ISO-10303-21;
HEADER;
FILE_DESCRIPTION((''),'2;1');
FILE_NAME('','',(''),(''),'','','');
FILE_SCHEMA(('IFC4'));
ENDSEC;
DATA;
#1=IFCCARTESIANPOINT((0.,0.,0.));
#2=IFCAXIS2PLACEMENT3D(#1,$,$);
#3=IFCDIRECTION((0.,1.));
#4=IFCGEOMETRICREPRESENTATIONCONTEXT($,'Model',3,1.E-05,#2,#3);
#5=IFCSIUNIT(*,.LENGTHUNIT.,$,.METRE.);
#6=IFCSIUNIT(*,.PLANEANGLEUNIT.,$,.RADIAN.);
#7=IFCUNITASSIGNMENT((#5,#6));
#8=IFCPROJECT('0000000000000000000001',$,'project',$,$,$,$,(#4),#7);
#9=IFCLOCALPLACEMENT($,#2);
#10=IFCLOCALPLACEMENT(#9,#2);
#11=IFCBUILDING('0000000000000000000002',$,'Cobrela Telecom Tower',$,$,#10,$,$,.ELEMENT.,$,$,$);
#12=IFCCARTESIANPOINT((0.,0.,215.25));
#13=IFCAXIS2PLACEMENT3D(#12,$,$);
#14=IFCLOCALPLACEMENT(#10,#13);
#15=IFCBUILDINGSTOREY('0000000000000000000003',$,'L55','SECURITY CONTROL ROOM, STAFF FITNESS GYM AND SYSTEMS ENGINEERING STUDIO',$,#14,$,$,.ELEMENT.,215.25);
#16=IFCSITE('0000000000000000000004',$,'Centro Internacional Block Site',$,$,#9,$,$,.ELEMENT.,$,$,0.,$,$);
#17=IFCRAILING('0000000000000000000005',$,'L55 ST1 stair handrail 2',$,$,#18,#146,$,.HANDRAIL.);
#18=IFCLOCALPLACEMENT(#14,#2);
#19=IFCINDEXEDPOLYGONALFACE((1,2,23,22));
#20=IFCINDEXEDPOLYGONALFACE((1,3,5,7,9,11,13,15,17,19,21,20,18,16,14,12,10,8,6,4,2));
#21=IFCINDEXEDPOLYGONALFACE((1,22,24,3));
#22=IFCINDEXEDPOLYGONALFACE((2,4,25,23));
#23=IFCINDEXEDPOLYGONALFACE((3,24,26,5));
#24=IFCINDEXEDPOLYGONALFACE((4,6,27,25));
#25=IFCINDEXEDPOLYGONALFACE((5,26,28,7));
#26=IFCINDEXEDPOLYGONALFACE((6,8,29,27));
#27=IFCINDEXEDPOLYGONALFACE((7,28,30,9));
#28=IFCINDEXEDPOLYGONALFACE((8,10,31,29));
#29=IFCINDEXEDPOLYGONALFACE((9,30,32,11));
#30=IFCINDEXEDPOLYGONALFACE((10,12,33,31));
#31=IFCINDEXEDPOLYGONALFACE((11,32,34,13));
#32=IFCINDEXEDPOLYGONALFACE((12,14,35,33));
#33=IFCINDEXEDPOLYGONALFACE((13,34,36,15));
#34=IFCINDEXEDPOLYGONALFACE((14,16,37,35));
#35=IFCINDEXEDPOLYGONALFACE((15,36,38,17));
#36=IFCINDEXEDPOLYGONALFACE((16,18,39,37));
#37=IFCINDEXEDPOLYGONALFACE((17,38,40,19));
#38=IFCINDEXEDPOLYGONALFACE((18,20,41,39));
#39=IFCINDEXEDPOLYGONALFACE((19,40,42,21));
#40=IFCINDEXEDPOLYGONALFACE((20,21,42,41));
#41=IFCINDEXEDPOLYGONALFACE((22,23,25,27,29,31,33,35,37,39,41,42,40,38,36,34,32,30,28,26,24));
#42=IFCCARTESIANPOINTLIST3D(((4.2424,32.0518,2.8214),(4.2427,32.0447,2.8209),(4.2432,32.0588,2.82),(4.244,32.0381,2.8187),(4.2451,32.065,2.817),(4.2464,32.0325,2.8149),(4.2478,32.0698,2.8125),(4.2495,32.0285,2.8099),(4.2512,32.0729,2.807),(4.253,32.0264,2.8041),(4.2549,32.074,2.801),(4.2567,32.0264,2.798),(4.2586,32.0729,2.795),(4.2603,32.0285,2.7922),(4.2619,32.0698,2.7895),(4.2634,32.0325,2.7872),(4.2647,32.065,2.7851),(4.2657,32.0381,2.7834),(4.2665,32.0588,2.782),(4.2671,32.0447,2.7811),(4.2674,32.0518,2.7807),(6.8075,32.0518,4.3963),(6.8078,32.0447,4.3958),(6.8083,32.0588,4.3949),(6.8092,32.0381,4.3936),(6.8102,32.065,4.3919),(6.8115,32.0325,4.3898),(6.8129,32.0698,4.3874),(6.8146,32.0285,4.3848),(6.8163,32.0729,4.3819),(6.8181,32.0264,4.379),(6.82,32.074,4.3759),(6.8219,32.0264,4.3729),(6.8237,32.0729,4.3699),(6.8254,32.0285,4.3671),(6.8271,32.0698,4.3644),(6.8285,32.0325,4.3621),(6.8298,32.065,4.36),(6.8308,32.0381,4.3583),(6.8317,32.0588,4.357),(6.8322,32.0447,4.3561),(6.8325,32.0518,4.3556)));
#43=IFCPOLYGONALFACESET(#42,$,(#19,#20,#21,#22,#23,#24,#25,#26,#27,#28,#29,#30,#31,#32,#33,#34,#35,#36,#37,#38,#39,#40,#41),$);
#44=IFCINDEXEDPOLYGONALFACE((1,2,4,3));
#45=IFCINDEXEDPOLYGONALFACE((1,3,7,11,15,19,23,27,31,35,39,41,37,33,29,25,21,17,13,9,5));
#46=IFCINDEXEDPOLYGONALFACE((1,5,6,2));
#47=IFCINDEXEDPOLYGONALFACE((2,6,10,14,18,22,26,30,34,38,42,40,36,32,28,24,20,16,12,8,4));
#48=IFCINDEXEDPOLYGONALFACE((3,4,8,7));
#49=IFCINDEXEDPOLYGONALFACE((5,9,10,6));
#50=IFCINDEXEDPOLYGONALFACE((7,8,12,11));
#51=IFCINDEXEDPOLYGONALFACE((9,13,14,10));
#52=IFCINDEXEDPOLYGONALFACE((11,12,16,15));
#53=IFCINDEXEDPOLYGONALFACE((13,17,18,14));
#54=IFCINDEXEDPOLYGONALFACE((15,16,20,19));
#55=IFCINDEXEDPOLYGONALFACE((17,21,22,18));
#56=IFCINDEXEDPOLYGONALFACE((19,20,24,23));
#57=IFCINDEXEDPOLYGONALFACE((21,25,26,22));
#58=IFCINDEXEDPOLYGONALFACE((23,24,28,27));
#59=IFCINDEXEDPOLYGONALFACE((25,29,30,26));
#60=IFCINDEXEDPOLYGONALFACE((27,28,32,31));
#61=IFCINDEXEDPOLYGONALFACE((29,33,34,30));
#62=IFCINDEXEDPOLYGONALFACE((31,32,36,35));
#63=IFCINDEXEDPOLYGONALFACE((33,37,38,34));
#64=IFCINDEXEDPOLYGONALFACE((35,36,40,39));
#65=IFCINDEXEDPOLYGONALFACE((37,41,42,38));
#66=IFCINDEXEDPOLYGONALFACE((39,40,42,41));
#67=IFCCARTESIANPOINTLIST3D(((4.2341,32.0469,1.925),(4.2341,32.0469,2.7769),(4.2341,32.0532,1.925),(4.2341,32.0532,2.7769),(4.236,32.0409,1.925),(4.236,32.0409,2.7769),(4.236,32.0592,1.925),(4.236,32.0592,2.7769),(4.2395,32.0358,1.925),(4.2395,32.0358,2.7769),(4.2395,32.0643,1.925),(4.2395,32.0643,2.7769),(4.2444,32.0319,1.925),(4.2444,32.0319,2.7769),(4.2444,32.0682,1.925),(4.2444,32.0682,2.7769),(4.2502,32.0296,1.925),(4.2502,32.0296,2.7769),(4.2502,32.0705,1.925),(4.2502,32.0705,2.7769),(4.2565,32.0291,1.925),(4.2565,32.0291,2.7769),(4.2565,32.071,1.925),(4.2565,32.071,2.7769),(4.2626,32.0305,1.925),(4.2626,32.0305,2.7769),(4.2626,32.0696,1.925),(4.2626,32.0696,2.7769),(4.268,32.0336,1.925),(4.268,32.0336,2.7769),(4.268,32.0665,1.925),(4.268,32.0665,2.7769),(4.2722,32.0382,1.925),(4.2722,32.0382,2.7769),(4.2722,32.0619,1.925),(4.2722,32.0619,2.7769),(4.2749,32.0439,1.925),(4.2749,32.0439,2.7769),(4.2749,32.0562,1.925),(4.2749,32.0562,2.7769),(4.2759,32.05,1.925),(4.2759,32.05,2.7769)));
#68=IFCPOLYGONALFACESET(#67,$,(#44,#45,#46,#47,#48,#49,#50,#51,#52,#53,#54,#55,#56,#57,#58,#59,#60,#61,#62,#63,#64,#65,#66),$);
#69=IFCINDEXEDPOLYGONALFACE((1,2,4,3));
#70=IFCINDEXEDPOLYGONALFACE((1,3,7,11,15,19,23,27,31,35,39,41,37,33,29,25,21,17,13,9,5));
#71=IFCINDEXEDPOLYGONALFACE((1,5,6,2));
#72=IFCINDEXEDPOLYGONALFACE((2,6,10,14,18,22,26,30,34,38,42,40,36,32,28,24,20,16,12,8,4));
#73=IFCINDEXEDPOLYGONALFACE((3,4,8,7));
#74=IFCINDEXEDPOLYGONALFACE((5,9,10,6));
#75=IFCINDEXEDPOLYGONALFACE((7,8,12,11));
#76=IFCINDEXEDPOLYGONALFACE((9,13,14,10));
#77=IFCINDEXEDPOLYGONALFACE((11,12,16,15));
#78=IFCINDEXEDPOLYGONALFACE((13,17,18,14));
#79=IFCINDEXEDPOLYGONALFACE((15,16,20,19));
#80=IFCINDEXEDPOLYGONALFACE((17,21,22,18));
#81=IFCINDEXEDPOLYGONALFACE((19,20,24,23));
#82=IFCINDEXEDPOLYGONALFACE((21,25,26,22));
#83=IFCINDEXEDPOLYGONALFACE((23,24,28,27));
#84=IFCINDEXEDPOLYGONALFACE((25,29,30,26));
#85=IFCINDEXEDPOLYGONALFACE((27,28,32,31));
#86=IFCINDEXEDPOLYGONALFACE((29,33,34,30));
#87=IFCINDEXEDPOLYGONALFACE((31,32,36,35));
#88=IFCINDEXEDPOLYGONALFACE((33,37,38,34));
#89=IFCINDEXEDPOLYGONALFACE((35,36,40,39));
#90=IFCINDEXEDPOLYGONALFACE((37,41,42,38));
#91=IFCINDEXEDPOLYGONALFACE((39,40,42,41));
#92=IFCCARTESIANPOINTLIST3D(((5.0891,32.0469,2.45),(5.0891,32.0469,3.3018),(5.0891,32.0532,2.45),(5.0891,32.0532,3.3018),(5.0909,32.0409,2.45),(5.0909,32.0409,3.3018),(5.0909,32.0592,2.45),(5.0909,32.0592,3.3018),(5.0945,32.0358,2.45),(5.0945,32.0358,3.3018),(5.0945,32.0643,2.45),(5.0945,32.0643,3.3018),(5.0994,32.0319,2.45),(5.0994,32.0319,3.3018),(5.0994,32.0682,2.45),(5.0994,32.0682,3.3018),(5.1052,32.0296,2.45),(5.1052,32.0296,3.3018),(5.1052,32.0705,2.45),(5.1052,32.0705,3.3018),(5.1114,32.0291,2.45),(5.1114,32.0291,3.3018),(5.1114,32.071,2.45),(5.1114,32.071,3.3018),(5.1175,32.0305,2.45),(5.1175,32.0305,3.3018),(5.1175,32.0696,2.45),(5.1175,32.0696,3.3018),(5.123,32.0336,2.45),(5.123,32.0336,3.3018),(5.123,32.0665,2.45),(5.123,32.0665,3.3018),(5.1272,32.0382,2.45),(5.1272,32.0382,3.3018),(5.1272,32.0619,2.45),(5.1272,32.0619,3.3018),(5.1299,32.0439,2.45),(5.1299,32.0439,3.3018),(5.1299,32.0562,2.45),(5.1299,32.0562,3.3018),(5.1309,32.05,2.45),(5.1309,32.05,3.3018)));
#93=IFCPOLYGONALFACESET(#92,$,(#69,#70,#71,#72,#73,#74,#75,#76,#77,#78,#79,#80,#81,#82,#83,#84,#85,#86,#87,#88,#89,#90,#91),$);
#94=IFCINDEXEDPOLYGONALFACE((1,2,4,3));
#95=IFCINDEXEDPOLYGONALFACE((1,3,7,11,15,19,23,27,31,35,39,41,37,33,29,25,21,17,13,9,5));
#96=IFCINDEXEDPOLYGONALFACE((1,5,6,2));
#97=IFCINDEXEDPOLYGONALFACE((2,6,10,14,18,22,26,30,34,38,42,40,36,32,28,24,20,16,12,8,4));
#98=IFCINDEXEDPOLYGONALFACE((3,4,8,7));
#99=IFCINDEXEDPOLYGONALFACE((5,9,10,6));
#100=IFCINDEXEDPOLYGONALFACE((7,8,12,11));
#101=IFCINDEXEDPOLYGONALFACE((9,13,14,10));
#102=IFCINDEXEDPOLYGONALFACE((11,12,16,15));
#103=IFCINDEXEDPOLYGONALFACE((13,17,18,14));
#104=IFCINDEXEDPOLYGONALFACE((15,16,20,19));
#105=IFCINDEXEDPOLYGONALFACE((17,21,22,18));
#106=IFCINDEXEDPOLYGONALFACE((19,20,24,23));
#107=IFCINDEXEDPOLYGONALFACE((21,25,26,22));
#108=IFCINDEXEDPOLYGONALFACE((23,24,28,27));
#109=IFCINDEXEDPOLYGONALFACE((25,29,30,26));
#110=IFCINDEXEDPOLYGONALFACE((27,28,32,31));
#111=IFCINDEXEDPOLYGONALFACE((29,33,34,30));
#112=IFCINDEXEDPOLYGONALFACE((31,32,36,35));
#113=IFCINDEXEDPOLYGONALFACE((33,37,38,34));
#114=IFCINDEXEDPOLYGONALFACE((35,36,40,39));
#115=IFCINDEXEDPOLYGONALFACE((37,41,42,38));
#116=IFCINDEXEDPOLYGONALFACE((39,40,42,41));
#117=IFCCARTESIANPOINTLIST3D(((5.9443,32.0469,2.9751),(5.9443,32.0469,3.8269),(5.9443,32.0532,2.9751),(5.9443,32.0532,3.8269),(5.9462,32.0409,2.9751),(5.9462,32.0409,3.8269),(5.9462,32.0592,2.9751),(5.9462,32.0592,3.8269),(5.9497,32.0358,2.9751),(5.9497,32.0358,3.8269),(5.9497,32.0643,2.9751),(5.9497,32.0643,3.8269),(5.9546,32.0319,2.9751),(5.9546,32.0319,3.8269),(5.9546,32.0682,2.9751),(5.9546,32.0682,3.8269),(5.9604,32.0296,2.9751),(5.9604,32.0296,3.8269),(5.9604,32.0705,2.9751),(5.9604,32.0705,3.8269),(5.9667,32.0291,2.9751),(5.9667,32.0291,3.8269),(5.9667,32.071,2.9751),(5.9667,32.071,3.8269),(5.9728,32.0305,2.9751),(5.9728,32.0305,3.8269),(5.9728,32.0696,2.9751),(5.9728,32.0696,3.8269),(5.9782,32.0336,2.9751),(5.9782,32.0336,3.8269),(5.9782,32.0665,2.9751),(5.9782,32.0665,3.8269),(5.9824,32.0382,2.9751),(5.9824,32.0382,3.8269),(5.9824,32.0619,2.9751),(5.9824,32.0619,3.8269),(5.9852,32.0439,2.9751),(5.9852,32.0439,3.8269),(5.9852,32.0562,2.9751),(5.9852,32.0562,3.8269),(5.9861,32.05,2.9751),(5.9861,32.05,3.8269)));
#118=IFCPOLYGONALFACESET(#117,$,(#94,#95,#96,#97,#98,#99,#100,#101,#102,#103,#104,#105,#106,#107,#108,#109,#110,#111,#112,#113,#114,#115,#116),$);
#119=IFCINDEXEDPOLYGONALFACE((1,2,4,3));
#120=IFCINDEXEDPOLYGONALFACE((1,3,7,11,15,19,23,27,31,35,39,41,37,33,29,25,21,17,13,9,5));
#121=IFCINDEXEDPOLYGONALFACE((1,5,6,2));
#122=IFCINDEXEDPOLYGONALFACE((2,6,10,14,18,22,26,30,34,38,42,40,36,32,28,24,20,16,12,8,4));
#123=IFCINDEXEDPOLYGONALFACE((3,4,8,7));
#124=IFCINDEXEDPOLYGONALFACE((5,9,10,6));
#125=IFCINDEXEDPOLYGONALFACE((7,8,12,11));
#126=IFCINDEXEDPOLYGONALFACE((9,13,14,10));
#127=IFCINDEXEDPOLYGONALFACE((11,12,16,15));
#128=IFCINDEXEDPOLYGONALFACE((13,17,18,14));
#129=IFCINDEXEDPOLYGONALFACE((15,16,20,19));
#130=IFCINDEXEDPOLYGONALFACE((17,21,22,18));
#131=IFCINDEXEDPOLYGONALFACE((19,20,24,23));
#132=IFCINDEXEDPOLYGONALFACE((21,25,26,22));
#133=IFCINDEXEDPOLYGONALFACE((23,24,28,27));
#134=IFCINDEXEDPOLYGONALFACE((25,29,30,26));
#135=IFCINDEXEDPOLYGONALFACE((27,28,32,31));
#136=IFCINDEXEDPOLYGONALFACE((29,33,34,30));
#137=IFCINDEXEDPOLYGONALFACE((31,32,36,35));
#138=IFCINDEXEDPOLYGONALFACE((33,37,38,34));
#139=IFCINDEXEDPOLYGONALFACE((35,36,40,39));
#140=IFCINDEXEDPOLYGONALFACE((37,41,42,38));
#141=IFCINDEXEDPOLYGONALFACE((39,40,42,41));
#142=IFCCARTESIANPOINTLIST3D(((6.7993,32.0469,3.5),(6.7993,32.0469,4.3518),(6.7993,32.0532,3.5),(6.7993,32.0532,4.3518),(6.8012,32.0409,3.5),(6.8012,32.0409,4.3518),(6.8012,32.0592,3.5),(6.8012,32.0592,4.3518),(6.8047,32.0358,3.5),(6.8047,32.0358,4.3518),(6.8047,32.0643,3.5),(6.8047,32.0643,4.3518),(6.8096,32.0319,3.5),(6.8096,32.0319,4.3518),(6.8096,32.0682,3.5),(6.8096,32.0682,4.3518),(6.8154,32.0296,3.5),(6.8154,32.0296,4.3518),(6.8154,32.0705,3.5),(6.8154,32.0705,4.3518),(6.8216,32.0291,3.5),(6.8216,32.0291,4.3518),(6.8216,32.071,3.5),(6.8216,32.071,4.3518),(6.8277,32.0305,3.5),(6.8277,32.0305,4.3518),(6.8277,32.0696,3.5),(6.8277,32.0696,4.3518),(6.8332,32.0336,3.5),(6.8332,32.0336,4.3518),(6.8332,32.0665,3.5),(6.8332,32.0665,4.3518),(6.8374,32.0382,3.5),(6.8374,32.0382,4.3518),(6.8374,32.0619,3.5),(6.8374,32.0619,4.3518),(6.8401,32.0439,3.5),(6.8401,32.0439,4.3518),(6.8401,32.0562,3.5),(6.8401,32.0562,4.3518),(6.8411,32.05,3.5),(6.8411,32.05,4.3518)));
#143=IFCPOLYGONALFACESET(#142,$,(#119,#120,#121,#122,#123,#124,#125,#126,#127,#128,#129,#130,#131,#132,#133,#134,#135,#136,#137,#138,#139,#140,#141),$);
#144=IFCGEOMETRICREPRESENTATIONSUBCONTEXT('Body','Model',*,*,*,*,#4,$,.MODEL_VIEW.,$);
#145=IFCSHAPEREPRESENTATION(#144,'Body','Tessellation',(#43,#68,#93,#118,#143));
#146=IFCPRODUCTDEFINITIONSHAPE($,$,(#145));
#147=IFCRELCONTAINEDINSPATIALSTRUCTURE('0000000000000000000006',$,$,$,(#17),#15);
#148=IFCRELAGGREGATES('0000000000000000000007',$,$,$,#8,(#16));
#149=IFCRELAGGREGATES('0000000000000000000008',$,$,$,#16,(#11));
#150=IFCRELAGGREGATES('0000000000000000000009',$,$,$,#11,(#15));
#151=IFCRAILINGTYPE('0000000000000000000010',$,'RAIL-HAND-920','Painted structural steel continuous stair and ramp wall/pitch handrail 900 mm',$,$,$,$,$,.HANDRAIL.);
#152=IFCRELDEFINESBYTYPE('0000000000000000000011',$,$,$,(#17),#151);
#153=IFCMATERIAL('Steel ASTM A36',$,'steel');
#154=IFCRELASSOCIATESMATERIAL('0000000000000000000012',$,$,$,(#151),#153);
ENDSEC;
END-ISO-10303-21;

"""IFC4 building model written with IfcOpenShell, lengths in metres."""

from ifc_helpers import new_model, si_unit, direction, frame, origin, origin_2d, place, context, subcontext, project, spatial, circle, extrude, material, type_object, element, save


model = new_model("IFC4")

# Units and contexts
model_context = context("Model", 3, precision=1e-05, world=origin(), true_north=direction((0.0, 1.0)))
body_context = subcontext(model_context, "Body", "Model", "MODEL_VIEW")
ifc_project = project(units=[si_unit("LENGTHUNIT", "METRE"), si_unit("PLANEANGLEUNIT", "RADIAN")], contexts=[model_context])

# Site, building, storey
site_placement = place(None, origin())
site = spatial("IfcSite", under=ifc_project, at=site_placement, Name="Centro Internacional Block Site", CompositionType="ELEMENT", RefElevation=0.0)
building_placement = place(site_placement, origin())
building = spatial("IfcBuilding", under=site, at=building_placement, Name="Cobrela Telecom Tower", CompositionType="ELEMENT")
storey_placement = place(building_placement, frame((0.0, 0.0, 215.25)))
storey = spatial("IfcBuildingStorey", under=building, at=storey_placement, Name="L55", Description="SECURITY CONTROL ROOM, STAFF FITNESS GYM AND SYSTEMS ENGINEERING STUDIO", CompositionType="ELEMENT", Elevation=215.25)

# Shared definitions
ifc_material_1 = material(Name="Steel ASTM A36", Category="steel")

# Railing
railing_type_1 = type_object("IfcRailingType", Name="RAIL-HAND-920", Description="Painted structural steel continuous stair and ramp wall/pitch handrail 900 mm", PredefinedType="HANDRAIL", material=ifc_material_1)
railing_1_placement = place(storey_placement, frame((4.2549, 32.05, 1.925)))
element("IfcRailing", 1, at=railing_1_placement, inside=storey, type_object=railing_type_1, Name="L55 ST1 stair handrail 2", PredefinedType="HANDRAIL", context=body_context, shape_type="SweptSolid", body=[
    extrude(circle(Radius=0.0239, at=origin_2d()), frame((0.0, 0.0, 0.876), z_axis=(0.852195, 0.0, 0.523224), x_axis=(0.0, 1.0, 0.0)), (0.0, 0.0, 1.0), 3.01),
    extrude(circle(Radius=0.021, at=origin_2d()), origin(), (0.0, 0.0, 1.0), 0.8518),
    extrude(circle(Radius=0.021, at=origin_2d()), frame((0.855, 0.0, 0.5249)), (0.0, 0.0, 1.0), 0.8518),
    extrude(circle(Radius=0.021, at=origin_2d()), frame((1.7102, 0.0, 1.05)), (0.0, 0.0, 1.0), 0.8518),
    extrude(circle(Radius=0.021, at=origin_2d()), frame((2.5652, 0.0, 1.575)), (0.0, 0.0, 1.0), 0.8518),
])

save(model, "model.ifc")
